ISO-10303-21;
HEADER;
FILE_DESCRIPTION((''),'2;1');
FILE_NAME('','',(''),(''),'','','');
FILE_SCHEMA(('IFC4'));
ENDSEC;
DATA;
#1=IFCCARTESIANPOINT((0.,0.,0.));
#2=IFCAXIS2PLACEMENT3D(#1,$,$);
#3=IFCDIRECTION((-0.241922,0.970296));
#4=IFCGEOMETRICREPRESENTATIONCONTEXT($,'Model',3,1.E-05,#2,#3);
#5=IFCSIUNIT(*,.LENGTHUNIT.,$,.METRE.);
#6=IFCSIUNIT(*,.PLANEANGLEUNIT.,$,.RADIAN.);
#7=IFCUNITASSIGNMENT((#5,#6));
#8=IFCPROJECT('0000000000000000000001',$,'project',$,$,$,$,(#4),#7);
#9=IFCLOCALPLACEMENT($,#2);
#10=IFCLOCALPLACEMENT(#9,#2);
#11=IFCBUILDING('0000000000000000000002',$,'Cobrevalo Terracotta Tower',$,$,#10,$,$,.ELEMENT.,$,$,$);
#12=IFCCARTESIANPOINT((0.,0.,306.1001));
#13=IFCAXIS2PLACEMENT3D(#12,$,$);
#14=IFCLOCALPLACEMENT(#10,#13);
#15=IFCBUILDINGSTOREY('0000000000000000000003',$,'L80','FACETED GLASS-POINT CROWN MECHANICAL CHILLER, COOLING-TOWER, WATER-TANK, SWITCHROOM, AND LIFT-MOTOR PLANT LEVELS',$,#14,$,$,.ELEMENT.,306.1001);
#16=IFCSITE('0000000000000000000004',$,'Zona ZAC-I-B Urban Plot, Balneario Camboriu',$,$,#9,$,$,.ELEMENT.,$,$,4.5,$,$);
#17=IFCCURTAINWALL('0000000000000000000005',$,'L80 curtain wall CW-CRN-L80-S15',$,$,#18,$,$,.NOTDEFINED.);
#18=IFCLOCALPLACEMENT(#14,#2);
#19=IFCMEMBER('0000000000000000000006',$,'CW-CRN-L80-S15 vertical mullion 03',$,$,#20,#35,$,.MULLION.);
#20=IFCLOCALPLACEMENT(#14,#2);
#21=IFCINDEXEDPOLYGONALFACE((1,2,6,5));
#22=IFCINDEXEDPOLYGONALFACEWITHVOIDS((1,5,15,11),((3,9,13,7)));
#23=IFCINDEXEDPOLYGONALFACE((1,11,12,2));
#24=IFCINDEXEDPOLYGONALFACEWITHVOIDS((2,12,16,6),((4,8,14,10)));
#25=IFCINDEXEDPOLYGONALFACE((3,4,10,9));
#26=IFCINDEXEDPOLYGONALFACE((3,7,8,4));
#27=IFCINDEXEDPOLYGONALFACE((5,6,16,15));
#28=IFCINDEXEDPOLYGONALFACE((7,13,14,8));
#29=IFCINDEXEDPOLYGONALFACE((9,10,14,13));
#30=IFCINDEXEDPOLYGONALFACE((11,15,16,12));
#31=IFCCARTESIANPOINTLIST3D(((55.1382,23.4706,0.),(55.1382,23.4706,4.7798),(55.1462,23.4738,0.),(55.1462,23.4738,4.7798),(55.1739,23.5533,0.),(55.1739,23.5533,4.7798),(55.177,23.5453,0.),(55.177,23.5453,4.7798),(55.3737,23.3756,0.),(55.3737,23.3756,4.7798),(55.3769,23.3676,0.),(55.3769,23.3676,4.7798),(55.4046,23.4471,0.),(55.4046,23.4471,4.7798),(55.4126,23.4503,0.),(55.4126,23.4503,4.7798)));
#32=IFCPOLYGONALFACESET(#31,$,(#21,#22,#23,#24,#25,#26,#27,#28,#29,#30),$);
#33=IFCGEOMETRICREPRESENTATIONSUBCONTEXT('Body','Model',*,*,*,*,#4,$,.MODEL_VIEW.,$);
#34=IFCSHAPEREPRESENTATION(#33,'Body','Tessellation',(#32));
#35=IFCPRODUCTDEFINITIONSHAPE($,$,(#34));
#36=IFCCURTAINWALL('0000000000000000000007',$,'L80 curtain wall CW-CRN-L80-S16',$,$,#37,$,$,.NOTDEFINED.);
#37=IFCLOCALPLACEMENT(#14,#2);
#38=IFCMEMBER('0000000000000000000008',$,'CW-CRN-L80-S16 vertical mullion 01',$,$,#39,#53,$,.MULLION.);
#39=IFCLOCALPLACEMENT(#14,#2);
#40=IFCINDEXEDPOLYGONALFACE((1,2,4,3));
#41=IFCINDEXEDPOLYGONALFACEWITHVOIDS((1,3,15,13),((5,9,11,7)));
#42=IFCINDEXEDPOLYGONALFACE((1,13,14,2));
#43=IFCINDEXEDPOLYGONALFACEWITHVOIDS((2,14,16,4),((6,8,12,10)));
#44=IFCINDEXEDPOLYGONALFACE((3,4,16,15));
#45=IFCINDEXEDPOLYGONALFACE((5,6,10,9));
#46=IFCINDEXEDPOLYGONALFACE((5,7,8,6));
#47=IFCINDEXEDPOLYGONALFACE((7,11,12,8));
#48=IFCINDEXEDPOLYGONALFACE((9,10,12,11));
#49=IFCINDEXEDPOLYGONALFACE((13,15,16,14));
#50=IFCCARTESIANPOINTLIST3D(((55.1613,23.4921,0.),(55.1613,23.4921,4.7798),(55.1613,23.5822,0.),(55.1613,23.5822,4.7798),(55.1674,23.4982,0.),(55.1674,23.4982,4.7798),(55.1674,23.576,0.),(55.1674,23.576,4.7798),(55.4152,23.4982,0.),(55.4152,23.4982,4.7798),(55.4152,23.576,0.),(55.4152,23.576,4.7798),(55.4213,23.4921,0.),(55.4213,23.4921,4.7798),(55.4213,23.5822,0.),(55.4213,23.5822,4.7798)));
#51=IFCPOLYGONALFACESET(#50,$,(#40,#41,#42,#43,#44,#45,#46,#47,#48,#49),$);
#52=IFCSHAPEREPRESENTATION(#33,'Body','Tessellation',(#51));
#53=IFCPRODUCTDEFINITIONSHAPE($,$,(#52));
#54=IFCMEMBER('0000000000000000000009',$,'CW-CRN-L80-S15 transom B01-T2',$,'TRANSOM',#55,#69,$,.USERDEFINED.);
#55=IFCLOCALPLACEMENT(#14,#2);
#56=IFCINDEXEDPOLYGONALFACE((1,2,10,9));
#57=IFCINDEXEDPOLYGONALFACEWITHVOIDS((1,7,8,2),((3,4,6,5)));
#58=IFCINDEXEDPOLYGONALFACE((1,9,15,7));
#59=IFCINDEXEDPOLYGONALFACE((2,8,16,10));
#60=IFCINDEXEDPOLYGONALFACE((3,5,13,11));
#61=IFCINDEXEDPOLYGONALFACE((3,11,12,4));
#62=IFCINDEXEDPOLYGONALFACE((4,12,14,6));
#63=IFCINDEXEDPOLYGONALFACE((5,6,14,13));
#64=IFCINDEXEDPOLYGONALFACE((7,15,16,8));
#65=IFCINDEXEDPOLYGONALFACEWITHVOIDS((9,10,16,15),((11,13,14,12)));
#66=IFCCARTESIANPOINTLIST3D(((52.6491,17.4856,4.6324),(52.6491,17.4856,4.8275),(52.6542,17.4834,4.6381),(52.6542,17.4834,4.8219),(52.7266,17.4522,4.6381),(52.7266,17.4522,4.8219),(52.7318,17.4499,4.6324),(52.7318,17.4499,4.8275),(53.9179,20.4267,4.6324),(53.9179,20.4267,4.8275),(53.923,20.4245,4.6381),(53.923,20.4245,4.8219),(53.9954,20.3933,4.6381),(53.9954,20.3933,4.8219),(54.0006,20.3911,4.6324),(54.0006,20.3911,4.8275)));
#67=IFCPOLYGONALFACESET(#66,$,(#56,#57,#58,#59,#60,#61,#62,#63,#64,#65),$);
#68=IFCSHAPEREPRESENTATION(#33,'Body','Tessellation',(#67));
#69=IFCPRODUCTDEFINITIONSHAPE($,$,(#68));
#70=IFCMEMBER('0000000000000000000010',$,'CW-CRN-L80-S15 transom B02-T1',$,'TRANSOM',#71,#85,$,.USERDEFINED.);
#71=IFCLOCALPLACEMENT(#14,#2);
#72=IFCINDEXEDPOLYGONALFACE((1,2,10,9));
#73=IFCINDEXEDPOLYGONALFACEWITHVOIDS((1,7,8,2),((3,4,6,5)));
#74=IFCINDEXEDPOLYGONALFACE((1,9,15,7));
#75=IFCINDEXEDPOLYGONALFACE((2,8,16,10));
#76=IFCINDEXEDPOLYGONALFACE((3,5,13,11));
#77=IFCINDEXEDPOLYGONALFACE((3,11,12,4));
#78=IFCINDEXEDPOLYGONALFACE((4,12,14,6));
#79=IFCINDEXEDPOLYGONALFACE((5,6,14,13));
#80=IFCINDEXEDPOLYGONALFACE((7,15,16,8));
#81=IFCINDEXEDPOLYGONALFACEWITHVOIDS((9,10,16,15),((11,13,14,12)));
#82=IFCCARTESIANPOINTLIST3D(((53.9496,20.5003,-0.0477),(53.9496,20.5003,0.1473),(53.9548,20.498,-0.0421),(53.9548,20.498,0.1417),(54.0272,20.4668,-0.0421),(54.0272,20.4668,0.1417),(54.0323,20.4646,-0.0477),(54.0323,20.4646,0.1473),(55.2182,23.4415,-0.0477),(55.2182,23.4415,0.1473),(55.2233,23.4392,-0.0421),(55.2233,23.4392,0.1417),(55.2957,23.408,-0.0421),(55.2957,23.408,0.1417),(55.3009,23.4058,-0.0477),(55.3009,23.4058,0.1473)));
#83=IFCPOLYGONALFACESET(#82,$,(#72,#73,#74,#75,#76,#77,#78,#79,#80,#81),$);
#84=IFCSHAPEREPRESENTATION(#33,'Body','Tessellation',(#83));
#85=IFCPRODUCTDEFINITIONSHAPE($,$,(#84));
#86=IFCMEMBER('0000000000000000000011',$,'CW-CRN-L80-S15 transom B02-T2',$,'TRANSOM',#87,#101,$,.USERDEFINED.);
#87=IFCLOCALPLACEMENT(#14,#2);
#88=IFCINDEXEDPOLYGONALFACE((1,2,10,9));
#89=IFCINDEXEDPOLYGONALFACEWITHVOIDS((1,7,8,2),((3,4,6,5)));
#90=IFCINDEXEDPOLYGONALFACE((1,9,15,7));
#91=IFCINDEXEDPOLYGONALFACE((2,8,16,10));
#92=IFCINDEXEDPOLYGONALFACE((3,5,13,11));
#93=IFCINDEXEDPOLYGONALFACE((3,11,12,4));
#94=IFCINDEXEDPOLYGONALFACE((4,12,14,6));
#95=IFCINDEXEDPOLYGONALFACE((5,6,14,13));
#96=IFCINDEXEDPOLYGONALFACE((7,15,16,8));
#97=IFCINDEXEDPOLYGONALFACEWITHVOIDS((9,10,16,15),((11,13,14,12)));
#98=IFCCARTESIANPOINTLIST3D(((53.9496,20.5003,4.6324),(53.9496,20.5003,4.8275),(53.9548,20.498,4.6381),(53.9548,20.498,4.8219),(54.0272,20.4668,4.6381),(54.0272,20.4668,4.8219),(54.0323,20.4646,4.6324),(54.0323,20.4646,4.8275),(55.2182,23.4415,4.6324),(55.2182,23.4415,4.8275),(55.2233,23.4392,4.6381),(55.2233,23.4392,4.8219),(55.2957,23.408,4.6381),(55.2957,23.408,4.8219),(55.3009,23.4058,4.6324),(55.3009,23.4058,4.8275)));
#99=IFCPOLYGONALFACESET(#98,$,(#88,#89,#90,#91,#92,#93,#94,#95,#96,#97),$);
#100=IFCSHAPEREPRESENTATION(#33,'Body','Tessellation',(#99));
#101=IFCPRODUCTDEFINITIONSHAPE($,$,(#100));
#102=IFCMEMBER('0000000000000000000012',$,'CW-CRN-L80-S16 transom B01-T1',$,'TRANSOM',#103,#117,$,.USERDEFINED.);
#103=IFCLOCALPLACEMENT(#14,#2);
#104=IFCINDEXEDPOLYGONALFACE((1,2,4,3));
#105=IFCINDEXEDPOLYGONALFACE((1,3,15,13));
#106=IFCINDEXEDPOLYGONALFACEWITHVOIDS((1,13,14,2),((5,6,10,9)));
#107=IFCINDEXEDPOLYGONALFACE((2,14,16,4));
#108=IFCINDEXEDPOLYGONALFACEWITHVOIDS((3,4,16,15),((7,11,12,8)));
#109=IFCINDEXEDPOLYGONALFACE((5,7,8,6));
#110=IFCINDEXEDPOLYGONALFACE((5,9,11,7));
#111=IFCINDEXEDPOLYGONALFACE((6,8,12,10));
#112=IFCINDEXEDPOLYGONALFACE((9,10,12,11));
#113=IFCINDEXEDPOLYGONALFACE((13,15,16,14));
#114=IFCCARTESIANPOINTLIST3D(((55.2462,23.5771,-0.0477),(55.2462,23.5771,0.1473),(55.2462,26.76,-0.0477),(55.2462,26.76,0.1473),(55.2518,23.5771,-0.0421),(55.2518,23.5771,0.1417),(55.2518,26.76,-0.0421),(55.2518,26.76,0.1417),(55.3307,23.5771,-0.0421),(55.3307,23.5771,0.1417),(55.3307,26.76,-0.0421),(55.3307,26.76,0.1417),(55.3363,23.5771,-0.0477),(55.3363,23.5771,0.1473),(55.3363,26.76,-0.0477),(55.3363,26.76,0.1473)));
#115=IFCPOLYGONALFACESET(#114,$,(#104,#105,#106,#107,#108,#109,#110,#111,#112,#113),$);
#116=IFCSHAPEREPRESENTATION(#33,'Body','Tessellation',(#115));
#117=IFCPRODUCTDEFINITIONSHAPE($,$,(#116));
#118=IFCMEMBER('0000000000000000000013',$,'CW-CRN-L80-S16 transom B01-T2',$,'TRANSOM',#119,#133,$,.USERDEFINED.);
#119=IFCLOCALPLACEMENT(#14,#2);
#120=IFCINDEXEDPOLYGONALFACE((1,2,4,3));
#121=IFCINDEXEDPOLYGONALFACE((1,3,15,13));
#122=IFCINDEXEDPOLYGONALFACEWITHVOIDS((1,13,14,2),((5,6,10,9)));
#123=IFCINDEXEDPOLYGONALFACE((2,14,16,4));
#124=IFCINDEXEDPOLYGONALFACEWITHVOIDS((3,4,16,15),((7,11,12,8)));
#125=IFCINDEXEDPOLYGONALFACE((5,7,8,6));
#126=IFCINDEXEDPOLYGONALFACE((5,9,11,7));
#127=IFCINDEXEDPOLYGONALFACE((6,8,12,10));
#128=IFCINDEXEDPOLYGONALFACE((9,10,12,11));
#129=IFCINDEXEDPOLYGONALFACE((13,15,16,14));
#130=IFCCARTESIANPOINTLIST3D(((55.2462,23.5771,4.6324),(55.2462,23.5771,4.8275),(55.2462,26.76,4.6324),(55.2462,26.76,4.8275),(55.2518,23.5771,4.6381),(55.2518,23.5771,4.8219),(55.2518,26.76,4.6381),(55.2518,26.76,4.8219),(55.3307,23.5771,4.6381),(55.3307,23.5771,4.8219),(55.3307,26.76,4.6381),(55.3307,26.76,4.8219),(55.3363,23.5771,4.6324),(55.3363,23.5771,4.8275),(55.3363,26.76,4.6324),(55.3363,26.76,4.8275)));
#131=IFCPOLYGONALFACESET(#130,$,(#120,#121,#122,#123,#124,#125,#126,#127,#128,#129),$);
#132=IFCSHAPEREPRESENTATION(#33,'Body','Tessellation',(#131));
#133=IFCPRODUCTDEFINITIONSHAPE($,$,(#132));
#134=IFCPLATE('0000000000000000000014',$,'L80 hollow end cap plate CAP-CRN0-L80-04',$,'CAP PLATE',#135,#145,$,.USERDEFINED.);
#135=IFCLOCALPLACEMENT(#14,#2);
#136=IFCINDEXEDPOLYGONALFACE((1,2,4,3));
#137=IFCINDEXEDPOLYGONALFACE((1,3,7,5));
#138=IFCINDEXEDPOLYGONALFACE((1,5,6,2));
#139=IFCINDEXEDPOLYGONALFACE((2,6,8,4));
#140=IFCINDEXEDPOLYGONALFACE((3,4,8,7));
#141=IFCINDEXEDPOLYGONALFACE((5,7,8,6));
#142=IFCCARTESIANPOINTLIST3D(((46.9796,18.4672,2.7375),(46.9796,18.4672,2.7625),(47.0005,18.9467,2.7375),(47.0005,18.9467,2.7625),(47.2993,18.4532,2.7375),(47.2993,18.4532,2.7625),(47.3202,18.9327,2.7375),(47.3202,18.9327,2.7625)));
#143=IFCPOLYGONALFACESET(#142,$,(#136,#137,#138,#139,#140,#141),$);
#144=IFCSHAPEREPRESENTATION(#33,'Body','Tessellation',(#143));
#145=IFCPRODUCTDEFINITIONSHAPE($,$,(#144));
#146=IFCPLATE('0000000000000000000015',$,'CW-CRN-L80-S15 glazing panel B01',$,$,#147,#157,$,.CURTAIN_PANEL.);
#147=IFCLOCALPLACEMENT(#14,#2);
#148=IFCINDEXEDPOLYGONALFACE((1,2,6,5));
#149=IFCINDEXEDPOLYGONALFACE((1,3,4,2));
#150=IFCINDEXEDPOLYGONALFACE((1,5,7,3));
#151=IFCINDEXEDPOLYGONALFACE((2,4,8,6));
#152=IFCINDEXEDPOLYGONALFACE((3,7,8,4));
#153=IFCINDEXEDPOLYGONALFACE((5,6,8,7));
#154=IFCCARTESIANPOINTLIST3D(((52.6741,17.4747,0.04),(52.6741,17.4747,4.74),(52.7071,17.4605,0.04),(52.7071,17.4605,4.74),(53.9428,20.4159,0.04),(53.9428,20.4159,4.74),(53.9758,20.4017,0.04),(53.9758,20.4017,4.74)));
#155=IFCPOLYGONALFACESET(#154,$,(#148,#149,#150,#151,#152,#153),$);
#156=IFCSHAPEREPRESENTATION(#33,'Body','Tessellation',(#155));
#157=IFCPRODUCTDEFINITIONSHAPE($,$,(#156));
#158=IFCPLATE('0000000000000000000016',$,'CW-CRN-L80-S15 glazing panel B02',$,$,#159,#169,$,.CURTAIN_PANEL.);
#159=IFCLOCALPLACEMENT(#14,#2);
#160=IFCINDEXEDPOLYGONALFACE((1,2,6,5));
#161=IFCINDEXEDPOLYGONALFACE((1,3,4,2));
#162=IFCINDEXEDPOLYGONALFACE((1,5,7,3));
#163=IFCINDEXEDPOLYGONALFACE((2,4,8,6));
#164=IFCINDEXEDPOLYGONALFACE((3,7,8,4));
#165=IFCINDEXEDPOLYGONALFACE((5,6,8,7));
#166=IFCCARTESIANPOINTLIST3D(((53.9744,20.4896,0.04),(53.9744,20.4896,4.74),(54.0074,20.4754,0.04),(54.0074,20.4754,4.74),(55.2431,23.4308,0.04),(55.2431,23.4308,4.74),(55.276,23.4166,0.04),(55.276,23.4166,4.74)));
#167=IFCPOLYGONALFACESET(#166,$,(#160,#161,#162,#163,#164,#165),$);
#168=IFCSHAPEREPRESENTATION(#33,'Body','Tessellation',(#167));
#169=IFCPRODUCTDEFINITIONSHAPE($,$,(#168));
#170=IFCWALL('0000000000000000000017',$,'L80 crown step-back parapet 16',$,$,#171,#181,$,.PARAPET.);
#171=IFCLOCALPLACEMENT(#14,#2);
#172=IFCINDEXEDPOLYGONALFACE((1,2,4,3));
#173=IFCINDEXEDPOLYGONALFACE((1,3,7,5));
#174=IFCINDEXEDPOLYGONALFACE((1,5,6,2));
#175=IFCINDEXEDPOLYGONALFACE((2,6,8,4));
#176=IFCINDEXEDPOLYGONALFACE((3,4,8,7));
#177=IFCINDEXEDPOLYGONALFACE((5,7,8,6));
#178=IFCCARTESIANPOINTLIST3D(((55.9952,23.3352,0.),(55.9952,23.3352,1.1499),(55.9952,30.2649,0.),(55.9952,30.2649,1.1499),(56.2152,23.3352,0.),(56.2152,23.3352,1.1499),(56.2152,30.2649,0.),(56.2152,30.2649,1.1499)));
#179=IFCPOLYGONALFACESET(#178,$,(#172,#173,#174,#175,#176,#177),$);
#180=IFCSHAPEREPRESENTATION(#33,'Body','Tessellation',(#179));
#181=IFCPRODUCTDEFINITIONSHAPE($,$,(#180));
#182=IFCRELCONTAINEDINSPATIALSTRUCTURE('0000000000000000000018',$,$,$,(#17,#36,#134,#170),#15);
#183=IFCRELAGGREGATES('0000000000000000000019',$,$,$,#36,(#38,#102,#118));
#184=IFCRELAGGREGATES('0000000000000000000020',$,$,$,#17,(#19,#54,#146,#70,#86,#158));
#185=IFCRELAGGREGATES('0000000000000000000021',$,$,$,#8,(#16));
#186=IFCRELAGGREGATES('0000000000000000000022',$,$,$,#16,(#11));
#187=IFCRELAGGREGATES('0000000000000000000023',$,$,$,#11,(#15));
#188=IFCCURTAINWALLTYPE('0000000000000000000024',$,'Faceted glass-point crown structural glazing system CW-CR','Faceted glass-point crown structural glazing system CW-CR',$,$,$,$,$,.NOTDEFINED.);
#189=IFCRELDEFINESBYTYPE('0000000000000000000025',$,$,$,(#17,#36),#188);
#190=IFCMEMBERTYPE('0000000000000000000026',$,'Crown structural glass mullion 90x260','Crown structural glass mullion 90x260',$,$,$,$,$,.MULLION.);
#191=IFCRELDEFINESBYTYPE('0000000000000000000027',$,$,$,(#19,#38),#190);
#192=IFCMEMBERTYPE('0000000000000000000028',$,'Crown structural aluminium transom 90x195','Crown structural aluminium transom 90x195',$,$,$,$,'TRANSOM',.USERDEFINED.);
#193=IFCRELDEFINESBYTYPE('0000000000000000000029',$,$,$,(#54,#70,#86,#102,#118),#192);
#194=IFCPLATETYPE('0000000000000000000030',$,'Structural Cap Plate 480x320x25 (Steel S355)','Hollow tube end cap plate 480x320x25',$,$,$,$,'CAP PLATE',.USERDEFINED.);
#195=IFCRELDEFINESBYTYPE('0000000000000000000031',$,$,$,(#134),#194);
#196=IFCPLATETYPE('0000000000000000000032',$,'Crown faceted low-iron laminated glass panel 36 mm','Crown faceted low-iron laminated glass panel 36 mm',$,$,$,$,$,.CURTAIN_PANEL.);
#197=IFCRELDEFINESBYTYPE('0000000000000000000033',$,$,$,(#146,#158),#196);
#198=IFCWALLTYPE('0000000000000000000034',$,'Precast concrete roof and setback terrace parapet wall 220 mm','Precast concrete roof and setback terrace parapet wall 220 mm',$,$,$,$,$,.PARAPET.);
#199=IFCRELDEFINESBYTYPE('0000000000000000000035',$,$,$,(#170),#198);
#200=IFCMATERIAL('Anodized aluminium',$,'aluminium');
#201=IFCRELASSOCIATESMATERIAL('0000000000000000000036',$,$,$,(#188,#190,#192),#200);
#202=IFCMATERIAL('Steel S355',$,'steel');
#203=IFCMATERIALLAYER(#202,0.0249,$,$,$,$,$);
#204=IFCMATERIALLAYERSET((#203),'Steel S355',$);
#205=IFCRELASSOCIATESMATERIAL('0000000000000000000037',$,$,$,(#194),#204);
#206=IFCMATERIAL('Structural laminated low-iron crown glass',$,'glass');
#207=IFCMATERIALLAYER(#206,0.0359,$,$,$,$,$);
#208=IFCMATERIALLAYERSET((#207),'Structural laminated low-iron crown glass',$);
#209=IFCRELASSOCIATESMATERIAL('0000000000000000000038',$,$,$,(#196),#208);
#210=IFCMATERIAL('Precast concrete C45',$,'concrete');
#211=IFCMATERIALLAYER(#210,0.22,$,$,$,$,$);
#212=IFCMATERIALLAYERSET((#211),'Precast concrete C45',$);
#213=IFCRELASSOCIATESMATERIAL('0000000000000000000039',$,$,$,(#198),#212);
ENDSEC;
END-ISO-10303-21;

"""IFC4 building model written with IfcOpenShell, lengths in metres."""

from ifc_helpers import new_model, si_unit, direction, frame, frame_2d, origin, origin_2d, place, context, subcontext, project, spatial, rectangle, hollow_rectangle, extrude, source, transform, mapped, material, layer, layer_set, material_profile, profile_set, type_object, element, aggregate, save


model = new_model("IFC4")

# Units and contexts
model_context = context("Model", 3, precision=1e-05, world=origin(), true_north=direction((-0.241922, 0.970296)))
body_context = subcontext(model_context, "Body", "Model", "MODEL_VIEW")
ifc_project = project(units=[si_unit("LENGTHUNIT", "METRE"), si_unit("PLANEANGLEUNIT", "RADIAN")], contexts=[model_context])

# Site, building, storey
site_placement = place(None, origin())
site = spatial("IfcSite", under=ifc_project, at=site_placement, Name="Zona ZAC-I-B Urban Plot, Balneario Camboriu", CompositionType="ELEMENT", RefElevation=4.5)
building_placement = place(site_placement, origin())
building = spatial("IfcBuilding", under=site, at=building_placement, Name="Cobrevalo Terracotta Tower", CompositionType="ELEMENT")
storey_placement = place(building_placement, frame((0.0, 0.0, 306.1001)))
storey = spatial("IfcBuildingStorey", under=building, at=storey_placement, Name="L80", Description="FACETED GLASS-POINT CROWN MECHANICAL CHILLER, COOLING-TOWER, WATER-TANK, SWITCHROOM, AND LIFT-MOTOR PLANT LEVELS", CompositionType="ELEMENT", Elevation=306.1001)

# Shared definitions
ifc_material_1 = material(Name="Steel S355", Category="steel")

# Curtain wall, member
ifc_material_2 = material(Name="Anodized aluminium", Category="aluminium")
curtain_wall_type = type_object("IfcCurtainWallType", Name="Faceted glass-point crown structural glazing system CW-CR", Description="Faceted glass-point crown structural glazing system CW-CR", PredefinedType="NOTDEFINED", material=ifc_material_2)
curtain_wall_1_placement = place(storey_placement, origin())
curtain_wall_1 = element("IfcCurtainWall", 1, at=curtain_wall_1_placement, inside=storey, type_object=curtain_wall_type, Name="L80 curtain wall CW-CRN-L80-S15", PredefinedType="NOTDEFINED")
ifc_material_profile_1 = material_profile(ifc_material_2, hollow_rectangle(XDim=0.0901, YDim=0.26, WallThickness=0.0061, at=origin_2d()), Name="CWM 90x260")
ifc_profile_set_1 = profile_set([ifc_material_profile_1], Name="Anodized aluminium")
member_type_1 = type_object("IfcMemberType", Name="Crown structural glass mullion 90x260", Description="Crown structural glass mullion 90x260", PredefinedType="MULLION", material=ifc_profile_set_1)
shared_shape_1 = source(origin(), body_context, "Body", "SweptSolid", [
    extrude(hollow_rectangle(XDim=0.0901, YDim=0.26, WallThickness=0.0061, at=origin_2d()), origin(), (0.0, 0.0, 1.0), 4.7798),
])
member_1_placement = place(storey_placement, frame((55.2754, 23.4604, 0.0), z_axis=(0.0, 0.0, 1.0), x_axis=(0.396058, 0.918225, 0.0)))
member_1 = element("IfcMember", 2, at=member_1_placement, type_object=member_type_1, Name="CW-CRN-L80-S15 vertical mullion 03", PredefinedType="MULLION", context=body_context, shape_type="MappedRepresentation", body=[
    mapped(shared_shape_1, transform((0.0, 0.0, 0.0), scale=1.0)),
])

# Curtain wall, member
curtain_wall_2_placement = place(storey_placement, origin())
curtain_wall_2 = element("IfcCurtainWall", 3, at=curtain_wall_2_placement, inside=storey, type_object=curtain_wall_type, Name="L80 curtain wall CW-CRN-L80-S16", PredefinedType="NOTDEFINED")
member_2_placement = place(storey_placement, frame((55.2913, 23.5371, 0.0), z_axis=(0.0, 0.0, 1.0), x_axis=(0.0, 1.0, 0.0)))
member_2 = element("IfcMember", 4, at=member_2_placement, type_object=member_type_1, Name="CW-CRN-L80-S16 vertical mullion 01", PredefinedType="MULLION", context=body_context, shape_type="MappedRepresentation", body=[
    mapped(shared_shape_1, transform((0.0, 0.0, 0.0), scale=1.0)),
])

# Members
ifc_material_profile_2 = material_profile(ifc_material_2, hollow_rectangle(XDim=0.0901, YDim=0.1951, WallThickness=0.0056, at=origin_2d()), Name="CWT 90x195")
ifc_profile_set_2 = profile_set([ifc_material_profile_2], Name="Anodized aluminium")
member_type_2 = type_object("IfcMemberType", Name="Crown structural aluminium transom 90x195", Description="Crown structural aluminium transom 90x195", ElementType="TRANSOM", PredefinedType="USERDEFINED", material=ifc_profile_set_2)
shared_shape_2 = source(origin(), body_context, "Body", "SweptSolid", [
    extrude(hollow_rectangle(XDim=0.0901, YDim=0.1951, WallThickness=0.0056, at=origin_2d()), origin(), (0.0, 0.0, 1.0), 3.2031),
])
member_3_placement = place(storey_placement, frame((52.6904, 17.4678, 4.73), z_axis=(0.396107, 0.918204, 0.0), x_axis=(-0.918204, 0.396107, 0.0)))
member_3 = element("IfcMember", 5, at=member_3_placement, type_object=member_type_2, Name="CW-CRN-L80-S15 transom B01-T2", ObjectType="TRANSOM", PredefinedType="USERDEFINED", context=body_context, shape_type="MappedRepresentation", body=[
    mapped(shared_shape_2, transform((0.0, 0.0, 0.0), scale=1.0)),
])
member_4_placement = place(storey_placement, frame((53.991, 20.4824, 0.0498), z_axis=(0.396043, 0.918232, 0.0), x_axis=(-0.918232, 0.396043, 0.0)))
member_4 = element("IfcMember", 6, at=member_4_placement, type_object=member_type_2, Name="CW-CRN-L80-S15 transom B02-T1", ObjectType="TRANSOM", PredefinedType="USERDEFINED", context=body_context, shape_type="MappedRepresentation", body=[
    mapped(shared_shape_2, transform((0.0, 0.0, 0.0), scale=1.0)),
])
member_5_placement = place(storey_placement, frame((53.991, 20.4824, 4.73), z_axis=(0.396043, 0.918232, 0.0), x_axis=(-0.918232, 0.396043, 0.0)))
member_5 = element("IfcMember", 7, at=member_5_placement, type_object=member_type_2, Name="CW-CRN-L80-S15 transom B02-T2", ObjectType="TRANSOM", PredefinedType="USERDEFINED", context=body_context, shape_type="MappedRepresentation", body=[
    mapped(shared_shape_2, transform((0.0, 0.0, 0.0), scale=1.0)),
])
shared_shape_3 = source(origin(), body_context, "Body", "SweptSolid", [
    extrude(hollow_rectangle(XDim=0.0901, YDim=0.1951, WallThickness=0.0056, at=origin_2d()), origin(), (0.0, 0.0, 1.0), 3.1829),
])
member_6_placement = place(storey_placement, frame((55.2913, 23.5771, 0.0498), z_axis=(0.0, 1.0, 0.0), x_axis=(-1.0, 0.0, 0.0)))
member_6 = element("IfcMember", 8, at=member_6_placement, type_object=member_type_2, Name="CW-CRN-L80-S16 transom B01-T1", ObjectType="TRANSOM", PredefinedType="USERDEFINED", context=body_context, shape_type="MappedRepresentation", body=[
    mapped(shared_shape_3, transform((0.0, 0.0, 0.0), scale=1.0)),
])
member_7_placement = place(storey_placement, frame((55.2913, 23.5771, 4.73), z_axis=(0.0, 1.0, 0.0), x_axis=(-1.0, 0.0, 0.0)))
member_7 = element("IfcMember", 9, at=member_7_placement, type_object=member_type_2, Name="CW-CRN-L80-S16 transom B01-T2", ObjectType="TRANSOM", PredefinedType="USERDEFINED", context=body_context, shape_type="MappedRepresentation", body=[
    mapped(shared_shape_3, transform((0.0, 0.0, 0.0), scale=1.0)),
])
aggregate(curtain_wall_2, [member_2, member_6, member_7])

# Plates
ifc_layer_1 = layer(ifc_material_1, 0.0249)
ifc_layer_set_1 = layer_set([ifc_layer_1], Name="Steel S355")
plate_type_1 = type_object("IfcPlateType", Name="Structural Cap Plate 480x320x25 (Steel S355)", Description="Hollow tube end cap plate 480x320x25", ElementType="CAP PLATE", PredefinedType="USERDEFINED", material=ifc_layer_set_1)
shared_shape_4 = source(origin(), body_context, "Body", "SweptSolid", [
    extrude(rectangle(XDim=0.48, YDim=0.3201, at=origin_2d()), origin(), (0.0, 0.0, 1.0), 0.0249),
])
plate_1_placement = place(storey_placement, frame((47.1499, 18.7, 2.7375), z_axis=(0.0, 0.0, 1.0), x_axis=(-0.0436, -0.999049, 0.0)))
element("IfcPlate", 10, at=plate_1_placement, inside=storey, type_object=plate_type_1, Name="L80 hollow end cap plate CAP-CRN0-L80-04", ObjectType="CAP PLATE", PredefinedType="USERDEFINED", context=body_context, shape_type="MappedRepresentation", body=[
    mapped(shared_shape_4, transform((0.0, 0.0, 0.0), scale=1.0)),
])
ifc_material_3 = material(Name="Structural laminated low-iron crown glass", Category="glass")
ifc_layer_2 = layer(ifc_material_3, 0.0359)
ifc_layer_set_2 = layer_set([ifc_layer_2], Name="Structural laminated low-iron crown glass")
plate_type_2 = type_object("IfcPlateType", Name="Crown faceted low-iron laminated glass panel 36 mm", Description="Crown faceted low-iron laminated glass panel 36 mm", PredefinedType="CURTAIN_PANEL", material=ifc_layer_set_2)
shared_shape_5 = source(origin(), body_context, "Body", "SweptSolid", [
    extrude(rectangle(XDim=3.2031, YDim=0.0359, at=origin_2d()), origin(), (0.0, 0.0, 1.0), 4.7),
])
plate_2_placement = place(storey_placement, frame((53.325, 18.9382, 0.04), z_axis=(0.0, 0.0, 1.0), x_axis=(0.396066, 0.918222, 0.0)))
plate_2 = element("IfcPlate", 11, at=plate_2_placement, type_object=plate_type_2, Name="CW-CRN-L80-S15 glazing panel B01", PredefinedType="CURTAIN_PANEL", context=body_context, shape_type="MappedRepresentation", body=[
    mapped(shared_shape_5, transform((0.0, 0.0, 0.0), scale=1.0)),
])
plate_3_placement = place(storey_placement, frame((54.6252, 21.9531, 0.04), z_axis=(0.0, 0.0, 1.0), x_axis=(0.396066, 0.918222, 0.0)))
plate_3 = element("IfcPlate", 12, at=plate_3_placement, type_object=plate_type_2, Name="CW-CRN-L80-S15 glazing panel B02", PredefinedType="CURTAIN_PANEL", context=body_context, shape_type="MappedRepresentation", body=[
    mapped(shared_shape_5, transform((0.0, 0.0, 0.0), scale=1.0)),
])
aggregate(curtain_wall_1, [member_1, member_3, plate_2, member_4, member_5, plate_3])

# Wall
ifc_material_4 = material(Name="Precast concrete C45", Category="concrete")
ifc_layer_3 = layer(ifc_material_4, 0.22)
ifc_layer_set_3 = layer_set([ifc_layer_3], Name="Precast concrete C45")
wall_type = type_object("IfcWallType", Name="Precast concrete roof and setback terrace parapet wall 220 mm", Description="Precast concrete roof and setback terrace parapet wall 220 mm", PredefinedType="PARAPET", material=ifc_layer_set_3)
wall_placement = place(storey_placement, frame((56.1052, 23.3352, 0.0), z_axis=(0.0, 0.0, 1.0), x_axis=(0.0, 1.0, 0.0)))
element("IfcWall", 13, at=wall_placement, inside=storey, type_object=wall_type, Name="L80 crown step-back parapet 16", PredefinedType="PARAPET", context=body_context, shape_type="SweptSolid", body=[
    extrude(rectangle(XDim=6.9297, YDim=0.22, at=frame_2d((3.4648, 0.0))), origin(), (0.0, 0.0, 1.0), 1.1499),
])

save(model, "model.ifc")
